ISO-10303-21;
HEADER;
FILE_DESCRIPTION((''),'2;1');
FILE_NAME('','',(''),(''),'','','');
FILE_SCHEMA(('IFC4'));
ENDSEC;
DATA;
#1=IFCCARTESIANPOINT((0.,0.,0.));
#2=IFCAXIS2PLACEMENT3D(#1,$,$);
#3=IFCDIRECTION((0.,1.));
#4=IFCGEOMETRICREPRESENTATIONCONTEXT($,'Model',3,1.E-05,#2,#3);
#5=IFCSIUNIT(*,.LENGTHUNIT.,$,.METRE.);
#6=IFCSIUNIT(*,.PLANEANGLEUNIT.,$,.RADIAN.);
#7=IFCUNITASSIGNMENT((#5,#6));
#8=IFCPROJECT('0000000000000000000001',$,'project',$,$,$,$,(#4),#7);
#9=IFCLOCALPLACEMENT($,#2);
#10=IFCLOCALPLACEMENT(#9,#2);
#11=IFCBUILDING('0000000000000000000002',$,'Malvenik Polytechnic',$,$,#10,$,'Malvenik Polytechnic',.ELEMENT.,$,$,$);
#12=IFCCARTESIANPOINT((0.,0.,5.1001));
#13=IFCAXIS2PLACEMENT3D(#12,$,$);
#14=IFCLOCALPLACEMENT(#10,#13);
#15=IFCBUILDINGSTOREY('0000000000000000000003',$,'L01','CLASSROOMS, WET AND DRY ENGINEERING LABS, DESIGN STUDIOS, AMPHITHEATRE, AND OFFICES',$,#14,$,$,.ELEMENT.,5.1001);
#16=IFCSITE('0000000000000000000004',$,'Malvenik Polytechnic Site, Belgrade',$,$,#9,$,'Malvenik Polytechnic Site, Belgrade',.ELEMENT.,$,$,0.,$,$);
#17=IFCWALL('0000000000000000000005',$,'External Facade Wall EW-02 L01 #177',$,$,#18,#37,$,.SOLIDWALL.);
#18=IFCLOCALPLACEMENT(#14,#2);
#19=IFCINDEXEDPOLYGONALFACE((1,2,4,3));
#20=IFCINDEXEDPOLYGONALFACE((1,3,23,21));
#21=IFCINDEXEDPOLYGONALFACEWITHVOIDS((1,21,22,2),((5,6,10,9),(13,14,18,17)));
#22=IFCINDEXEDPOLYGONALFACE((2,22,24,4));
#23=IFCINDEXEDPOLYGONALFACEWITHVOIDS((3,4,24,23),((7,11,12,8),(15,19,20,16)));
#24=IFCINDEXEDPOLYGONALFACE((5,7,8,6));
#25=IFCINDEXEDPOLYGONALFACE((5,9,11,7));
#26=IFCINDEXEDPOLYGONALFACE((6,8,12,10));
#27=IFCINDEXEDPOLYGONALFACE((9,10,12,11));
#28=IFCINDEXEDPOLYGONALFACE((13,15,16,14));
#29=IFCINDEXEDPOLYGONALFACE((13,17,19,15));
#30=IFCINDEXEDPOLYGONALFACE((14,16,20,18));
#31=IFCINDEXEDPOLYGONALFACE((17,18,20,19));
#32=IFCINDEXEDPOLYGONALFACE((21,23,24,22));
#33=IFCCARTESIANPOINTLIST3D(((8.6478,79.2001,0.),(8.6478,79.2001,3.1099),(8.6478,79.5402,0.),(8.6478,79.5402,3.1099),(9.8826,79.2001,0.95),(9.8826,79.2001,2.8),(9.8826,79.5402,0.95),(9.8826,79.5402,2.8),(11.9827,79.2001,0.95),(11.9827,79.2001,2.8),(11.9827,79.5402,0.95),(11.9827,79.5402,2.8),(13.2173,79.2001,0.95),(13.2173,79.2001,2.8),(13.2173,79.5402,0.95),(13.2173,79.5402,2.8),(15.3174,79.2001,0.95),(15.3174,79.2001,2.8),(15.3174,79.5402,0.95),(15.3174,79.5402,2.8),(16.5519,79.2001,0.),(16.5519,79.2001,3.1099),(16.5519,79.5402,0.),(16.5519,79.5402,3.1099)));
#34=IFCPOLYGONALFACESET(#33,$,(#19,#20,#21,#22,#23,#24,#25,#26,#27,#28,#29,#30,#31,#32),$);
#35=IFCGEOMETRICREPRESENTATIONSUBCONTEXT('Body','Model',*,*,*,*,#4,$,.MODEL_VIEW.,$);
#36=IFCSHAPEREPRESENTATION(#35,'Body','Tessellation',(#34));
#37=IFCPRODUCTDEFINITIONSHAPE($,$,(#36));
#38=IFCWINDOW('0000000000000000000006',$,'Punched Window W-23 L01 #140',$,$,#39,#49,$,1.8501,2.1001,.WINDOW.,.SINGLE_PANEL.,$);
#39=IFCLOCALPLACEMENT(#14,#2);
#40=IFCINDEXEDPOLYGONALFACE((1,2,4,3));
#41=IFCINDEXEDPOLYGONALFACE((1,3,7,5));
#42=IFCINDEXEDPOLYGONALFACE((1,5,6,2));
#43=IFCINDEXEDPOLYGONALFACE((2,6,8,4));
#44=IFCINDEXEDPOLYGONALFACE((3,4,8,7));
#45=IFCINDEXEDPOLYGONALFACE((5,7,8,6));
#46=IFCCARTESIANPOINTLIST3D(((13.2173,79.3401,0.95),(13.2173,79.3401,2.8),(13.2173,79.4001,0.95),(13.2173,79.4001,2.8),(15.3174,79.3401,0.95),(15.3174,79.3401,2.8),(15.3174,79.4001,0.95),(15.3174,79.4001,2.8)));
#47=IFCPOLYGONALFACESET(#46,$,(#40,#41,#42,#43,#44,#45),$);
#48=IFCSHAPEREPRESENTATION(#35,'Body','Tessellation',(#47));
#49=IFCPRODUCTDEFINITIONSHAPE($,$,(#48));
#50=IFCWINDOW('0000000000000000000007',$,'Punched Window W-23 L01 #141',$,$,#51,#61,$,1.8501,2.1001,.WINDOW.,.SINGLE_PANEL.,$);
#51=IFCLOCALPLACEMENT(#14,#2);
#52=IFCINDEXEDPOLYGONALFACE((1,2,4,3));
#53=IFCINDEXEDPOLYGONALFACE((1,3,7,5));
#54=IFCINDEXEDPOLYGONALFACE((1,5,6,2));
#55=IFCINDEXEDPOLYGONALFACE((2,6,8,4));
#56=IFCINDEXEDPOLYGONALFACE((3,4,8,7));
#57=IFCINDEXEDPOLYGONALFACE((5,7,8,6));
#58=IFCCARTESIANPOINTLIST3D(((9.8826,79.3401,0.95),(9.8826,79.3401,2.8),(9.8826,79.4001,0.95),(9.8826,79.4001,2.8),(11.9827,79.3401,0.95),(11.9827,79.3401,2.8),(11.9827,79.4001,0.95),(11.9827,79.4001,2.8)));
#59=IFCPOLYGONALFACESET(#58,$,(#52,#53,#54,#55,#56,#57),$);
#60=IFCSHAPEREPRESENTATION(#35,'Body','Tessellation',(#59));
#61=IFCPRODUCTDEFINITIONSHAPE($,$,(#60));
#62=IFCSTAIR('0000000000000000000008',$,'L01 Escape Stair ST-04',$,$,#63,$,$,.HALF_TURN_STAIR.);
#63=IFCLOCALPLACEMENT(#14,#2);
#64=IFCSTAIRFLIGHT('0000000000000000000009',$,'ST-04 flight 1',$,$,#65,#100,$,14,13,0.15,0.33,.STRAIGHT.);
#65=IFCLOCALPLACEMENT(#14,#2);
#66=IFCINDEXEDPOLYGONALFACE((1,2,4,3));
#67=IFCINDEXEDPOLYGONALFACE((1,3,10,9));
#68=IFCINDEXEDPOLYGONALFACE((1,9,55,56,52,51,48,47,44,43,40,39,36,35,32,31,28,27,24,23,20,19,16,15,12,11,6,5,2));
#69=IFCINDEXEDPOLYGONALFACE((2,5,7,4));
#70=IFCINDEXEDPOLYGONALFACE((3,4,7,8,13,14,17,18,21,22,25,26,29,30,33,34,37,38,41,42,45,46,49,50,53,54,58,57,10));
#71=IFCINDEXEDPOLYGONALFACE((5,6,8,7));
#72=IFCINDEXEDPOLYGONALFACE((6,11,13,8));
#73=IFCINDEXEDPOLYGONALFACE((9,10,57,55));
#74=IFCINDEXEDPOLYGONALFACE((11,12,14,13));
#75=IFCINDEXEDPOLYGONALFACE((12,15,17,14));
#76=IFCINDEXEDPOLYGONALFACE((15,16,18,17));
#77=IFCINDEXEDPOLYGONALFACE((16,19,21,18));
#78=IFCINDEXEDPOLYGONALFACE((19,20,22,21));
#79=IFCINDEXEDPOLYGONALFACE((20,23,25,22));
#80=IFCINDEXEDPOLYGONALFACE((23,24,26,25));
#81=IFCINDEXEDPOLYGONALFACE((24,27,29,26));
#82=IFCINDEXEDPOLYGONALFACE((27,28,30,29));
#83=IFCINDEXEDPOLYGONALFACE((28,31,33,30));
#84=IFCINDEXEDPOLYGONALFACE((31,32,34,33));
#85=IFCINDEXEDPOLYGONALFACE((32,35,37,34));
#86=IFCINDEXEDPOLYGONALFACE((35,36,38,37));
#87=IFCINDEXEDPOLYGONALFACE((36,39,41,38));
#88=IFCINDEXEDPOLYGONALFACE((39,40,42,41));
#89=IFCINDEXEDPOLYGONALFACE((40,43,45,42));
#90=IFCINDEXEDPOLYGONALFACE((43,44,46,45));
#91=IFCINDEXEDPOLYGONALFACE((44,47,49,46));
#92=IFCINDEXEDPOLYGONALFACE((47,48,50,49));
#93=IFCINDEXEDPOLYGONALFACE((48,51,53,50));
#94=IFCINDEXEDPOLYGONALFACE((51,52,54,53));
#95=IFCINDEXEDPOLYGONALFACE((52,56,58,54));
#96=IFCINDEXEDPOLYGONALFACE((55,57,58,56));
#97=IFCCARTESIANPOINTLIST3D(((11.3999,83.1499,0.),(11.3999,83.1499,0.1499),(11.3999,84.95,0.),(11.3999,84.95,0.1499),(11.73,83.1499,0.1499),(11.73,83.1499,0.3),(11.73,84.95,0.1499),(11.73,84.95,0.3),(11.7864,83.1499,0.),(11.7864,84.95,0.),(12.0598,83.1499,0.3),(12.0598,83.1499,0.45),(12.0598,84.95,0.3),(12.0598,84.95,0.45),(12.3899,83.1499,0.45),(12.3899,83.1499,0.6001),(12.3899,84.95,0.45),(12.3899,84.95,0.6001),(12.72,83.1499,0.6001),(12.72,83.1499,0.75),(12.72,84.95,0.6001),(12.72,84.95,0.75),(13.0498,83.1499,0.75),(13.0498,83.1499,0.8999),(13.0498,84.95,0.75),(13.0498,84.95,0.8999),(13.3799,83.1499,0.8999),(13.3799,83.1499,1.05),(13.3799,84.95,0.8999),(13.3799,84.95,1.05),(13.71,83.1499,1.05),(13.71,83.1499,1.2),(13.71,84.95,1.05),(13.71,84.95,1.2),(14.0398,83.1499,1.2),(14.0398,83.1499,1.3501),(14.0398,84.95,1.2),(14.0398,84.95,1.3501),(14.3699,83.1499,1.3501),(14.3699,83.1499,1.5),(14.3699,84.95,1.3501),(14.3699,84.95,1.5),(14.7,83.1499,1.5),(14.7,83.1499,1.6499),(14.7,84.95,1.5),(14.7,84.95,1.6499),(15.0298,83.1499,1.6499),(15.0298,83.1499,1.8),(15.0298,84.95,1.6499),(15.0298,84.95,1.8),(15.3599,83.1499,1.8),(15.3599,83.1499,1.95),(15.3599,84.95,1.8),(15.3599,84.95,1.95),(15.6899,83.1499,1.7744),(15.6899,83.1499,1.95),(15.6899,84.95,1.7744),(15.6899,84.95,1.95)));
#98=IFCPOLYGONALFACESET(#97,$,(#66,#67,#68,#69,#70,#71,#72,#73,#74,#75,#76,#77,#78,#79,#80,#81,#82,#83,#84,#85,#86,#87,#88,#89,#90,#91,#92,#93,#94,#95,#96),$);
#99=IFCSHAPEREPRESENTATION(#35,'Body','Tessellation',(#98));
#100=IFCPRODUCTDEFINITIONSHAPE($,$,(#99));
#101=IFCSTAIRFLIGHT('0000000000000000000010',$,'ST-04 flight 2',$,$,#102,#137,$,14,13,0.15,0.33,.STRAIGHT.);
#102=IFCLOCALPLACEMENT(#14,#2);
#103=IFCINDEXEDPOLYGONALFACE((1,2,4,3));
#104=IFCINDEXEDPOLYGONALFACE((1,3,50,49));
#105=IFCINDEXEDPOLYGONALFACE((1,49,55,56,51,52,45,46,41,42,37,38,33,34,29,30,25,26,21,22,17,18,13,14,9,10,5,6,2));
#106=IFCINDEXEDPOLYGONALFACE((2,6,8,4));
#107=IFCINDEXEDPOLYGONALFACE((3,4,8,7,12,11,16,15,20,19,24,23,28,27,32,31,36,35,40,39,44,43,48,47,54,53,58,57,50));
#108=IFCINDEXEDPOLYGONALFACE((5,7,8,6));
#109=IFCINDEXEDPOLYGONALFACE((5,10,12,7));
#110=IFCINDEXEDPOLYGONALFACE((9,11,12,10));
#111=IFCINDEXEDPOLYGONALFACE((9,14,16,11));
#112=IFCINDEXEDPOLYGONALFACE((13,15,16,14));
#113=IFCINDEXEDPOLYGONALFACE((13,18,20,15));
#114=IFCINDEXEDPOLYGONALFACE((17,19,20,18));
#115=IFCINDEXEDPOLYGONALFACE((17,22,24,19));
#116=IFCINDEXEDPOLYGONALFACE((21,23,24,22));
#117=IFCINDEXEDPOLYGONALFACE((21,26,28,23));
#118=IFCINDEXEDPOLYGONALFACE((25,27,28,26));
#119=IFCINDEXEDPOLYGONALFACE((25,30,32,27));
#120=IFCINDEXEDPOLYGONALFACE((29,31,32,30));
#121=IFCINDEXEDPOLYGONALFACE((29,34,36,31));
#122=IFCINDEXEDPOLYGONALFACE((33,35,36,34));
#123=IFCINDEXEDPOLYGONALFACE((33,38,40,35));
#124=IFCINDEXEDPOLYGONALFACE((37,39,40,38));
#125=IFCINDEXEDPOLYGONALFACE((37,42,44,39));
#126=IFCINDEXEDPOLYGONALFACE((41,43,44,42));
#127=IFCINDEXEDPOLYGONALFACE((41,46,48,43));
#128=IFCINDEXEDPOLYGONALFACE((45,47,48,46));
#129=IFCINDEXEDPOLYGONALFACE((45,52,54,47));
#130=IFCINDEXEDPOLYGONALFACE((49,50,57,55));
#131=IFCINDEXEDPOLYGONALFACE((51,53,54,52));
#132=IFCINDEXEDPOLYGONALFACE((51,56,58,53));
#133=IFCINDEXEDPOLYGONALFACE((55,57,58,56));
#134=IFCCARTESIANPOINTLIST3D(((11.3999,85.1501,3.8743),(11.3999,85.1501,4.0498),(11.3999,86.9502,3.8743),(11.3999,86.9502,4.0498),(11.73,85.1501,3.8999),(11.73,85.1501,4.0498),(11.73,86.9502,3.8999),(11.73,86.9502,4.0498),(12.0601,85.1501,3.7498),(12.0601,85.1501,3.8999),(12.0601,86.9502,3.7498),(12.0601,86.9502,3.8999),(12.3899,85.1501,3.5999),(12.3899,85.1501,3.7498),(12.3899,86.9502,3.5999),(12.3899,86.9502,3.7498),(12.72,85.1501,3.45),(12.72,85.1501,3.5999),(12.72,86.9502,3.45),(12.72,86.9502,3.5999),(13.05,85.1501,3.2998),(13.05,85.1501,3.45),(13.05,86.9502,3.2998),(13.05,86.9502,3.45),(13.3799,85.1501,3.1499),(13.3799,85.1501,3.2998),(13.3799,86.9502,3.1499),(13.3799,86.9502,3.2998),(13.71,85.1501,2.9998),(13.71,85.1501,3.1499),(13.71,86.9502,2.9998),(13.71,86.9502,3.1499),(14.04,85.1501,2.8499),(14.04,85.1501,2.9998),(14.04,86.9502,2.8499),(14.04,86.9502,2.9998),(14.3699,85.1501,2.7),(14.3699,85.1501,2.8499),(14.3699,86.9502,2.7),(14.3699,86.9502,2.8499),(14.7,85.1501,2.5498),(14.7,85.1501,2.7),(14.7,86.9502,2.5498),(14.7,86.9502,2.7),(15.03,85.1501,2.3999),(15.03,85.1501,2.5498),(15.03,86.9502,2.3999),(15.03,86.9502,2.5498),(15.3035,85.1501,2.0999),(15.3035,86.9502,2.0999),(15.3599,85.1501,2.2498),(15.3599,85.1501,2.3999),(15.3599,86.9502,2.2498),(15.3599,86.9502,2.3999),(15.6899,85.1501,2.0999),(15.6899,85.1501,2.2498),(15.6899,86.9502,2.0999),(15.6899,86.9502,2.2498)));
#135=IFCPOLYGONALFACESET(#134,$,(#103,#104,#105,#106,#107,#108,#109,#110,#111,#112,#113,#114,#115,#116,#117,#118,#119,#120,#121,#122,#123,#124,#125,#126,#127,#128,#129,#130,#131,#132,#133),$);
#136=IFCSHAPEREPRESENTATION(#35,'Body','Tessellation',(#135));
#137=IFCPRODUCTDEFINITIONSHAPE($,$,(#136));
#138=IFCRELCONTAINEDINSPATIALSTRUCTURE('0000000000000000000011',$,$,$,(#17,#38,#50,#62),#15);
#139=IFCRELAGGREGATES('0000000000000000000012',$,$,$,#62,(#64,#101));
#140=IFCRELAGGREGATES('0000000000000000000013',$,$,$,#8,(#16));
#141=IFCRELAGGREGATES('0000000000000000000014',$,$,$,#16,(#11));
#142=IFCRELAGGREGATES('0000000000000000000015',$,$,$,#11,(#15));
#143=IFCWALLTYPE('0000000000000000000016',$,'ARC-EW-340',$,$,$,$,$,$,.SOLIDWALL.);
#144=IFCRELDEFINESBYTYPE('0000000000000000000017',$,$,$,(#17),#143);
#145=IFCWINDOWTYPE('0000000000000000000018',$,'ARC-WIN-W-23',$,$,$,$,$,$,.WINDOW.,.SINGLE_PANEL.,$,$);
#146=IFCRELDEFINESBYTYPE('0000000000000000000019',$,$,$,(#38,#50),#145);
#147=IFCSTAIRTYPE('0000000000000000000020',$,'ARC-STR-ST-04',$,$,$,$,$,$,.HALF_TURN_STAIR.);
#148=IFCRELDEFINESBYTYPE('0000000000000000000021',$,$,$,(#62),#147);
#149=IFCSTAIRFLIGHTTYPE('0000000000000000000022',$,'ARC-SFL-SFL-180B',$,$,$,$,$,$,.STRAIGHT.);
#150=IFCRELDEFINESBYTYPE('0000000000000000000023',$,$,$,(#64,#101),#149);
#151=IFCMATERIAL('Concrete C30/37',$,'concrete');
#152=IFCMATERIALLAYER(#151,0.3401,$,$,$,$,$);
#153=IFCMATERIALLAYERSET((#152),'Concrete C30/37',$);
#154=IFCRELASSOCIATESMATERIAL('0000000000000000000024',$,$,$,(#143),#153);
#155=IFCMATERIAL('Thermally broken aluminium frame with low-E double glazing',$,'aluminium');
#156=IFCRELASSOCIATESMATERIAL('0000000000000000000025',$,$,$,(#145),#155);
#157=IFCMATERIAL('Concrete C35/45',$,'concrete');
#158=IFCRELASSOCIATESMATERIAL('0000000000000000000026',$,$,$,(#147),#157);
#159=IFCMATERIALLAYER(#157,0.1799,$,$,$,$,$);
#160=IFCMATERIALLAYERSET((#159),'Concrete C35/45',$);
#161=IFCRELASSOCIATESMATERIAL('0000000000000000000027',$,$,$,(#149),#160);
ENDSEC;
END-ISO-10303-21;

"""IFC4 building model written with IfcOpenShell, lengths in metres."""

from ifc_helpers import new_model, si_unit, direction, frame, frame_2d, origin, place, context, subcontext, project, spatial, polyline, rectangle, outline, extrude, material, layer, layer_set, type_object, element, fill, aggregate, save


model = new_model("IFC4")

# Units and contexts
model_context = context("Model", 3, precision=1e-05, world=origin(), true_north=direction((0.0, 1.0)))
body_context = subcontext(model_context, "Body", "Model", "MODEL_VIEW")
ifc_project = project(units=[si_unit("LENGTHUNIT", "METRE"), si_unit("PLANEANGLEUNIT", "RADIAN")], contexts=[model_context])

# Site, building, storey
site_placement = place(None, origin())
site = spatial("IfcSite", under=ifc_project, at=site_placement, Name="Malvenik Polytechnic Site, Belgrade", LongName="Malvenik Polytechnic Site, Belgrade", CompositionType="ELEMENT", RefElevation=0.0)
building_placement = place(site_placement, origin())
building = spatial("IfcBuilding", under=site, at=building_placement, Name="Malvenik Polytechnic", LongName="Malvenik Polytechnic", CompositionType="ELEMENT")
storey_placement = place(building_placement, frame((0.0, 0.0, 5.1001)))
storey = spatial("IfcBuildingStorey", under=building, at=storey_placement, Name="L01", Description="CLASSROOMS, WET AND DRY ENGINEERING LABS, DESIGN STUDIOS, AMPHITHEATRE, AND OFFICES", CompositionType="ELEMENT", Elevation=5.1001)

# Shared definitions
ifc_material_1 = material(Name="Concrete C35/45", Category="concrete")

# Wall, openings, windows
ifc_material_2 = material(Name="Concrete C30/37", Category="concrete")
ifc_layer_1 = layer(ifc_material_2, 0.3401)
ifc_layer_set_1 = layer_set([ifc_layer_1], Name="Concrete C30/37")
wall_type_1 = type_object("IfcWallType", Name="ARC-EW-340", PredefinedType="SOLIDWALL", material=ifc_layer_set_1)
wall_1_placement = place(storey_placement, frame((16.552, 79.3701, 0.0), z_axis=(0.0, 0.0, 1.0), x_axis=(-1.0, 0.0, 0.0)))
wall_1 = element("IfcWall", 1, at=wall_1_placement, inside=storey, type_object=wall_type_1, Name="External Facade Wall EW-02 L01 #177", PredefinedType="SOLIDWALL", context=body_context, shape_type="SweptSolid", body=[
    extrude(rectangle(XDim=7.9041, YDim=0.3401, at=frame_2d((3.9521, 0.0))), origin(), (0.0, 0.0, 1.0), 3.1099),
])
opening_1_placement = place(wall_1_placement, frame((1.2346, 0.0, 0.95)))
opening_1 = element("IfcOpeningElement", 2, at=opening_1_placement, cuts=wall_1, PredefinedType="OPENING", context=body_context, shape_type="SweptSolid", body=[
    extrude(rectangle(XDim=2.1001, YDim=1.8501, at=frame_2d((1.05, 0.925))), frame((0.0, 0.1802, 0.0), z_axis=(0.0, -1.0, 0.0), x_axis=(1.0, 0.0, 0.0)), (0.0, 0.0, 1.0), 0.3601),
])
opening_2_placement = place(wall_1_placement, frame((4.5693, 0.0, 0.95)))
opening_2 = element("IfcOpeningElement", 3, at=opening_2_placement, cuts=wall_1, PredefinedType="OPENING", context=body_context, shape_type="SweptSolid", body=[
    extrude(rectangle(XDim=2.1001, YDim=1.8501, at=frame_2d((1.05, 0.925))), frame((0.0, 0.1802, 0.0), z_axis=(0.0, -1.0, 0.0), x_axis=(1.0, 0.0, 0.0)), (0.0, 0.0, 1.0), 0.3601),
])
ifc_material_3 = material(Name="Thermally broken aluminium frame with low-E double glazing", Category="aluminium")
window_type = type_object("IfcWindowType", Name="ARC-WIN-W-23", PartitioningType="SINGLE_PANEL", PredefinedType="WINDOW", material=ifc_material_3)
window_1_placement = place(opening_1_placement, origin())
window_1 = element("IfcWindow", 4, at=window_1_placement, inside=storey, type_object=window_type, Name="Punched Window W-23 L01 #140", OverallHeight=1.8501, OverallWidth=2.1001, PartitioningType="SINGLE_PANEL", PredefinedType="WINDOW", context=body_context, shape_type="SweptSolid", body=[
    extrude(rectangle(XDim=2.1001, YDim=1.8501, at=frame_2d((1.05, 0.925))), frame((0.0, 0.03, 0.0), z_axis=(0.0, -1.0, 0.0), x_axis=(1.0, 0.0, 0.0)), (0.0, 0.0, 1.0), 0.0601),
])
fill(opening_1, window_1)
window_2_placement = place(opening_2_placement, origin())
window_2 = element("IfcWindow", 5, at=window_2_placement, inside=storey, type_object=window_type, Name="Punched Window W-23 L01 #141", OverallHeight=1.8501, OverallWidth=2.1001, PartitioningType="SINGLE_PANEL", PredefinedType="WINDOW", context=body_context, shape_type="SweptSolid", body=[
    extrude(rectangle(XDim=2.1001, YDim=1.8501, at=frame_2d((1.05, 0.925))), frame((0.0, 0.03, 0.0), z_axis=(0.0, -1.0, 0.0), x_axis=(1.0, 0.0, 0.0)), (0.0, 0.0, 1.0), 0.0601),
])
fill(opening_2, window_2)

# Stair, stair flights
stair_type = type_object("IfcStairType", Name="ARC-STR-ST-04", PredefinedType="HALF_TURN_STAIR", material=ifc_material_1)
stair_placement = place(storey_placement, origin())
stair = element("IfcStair", 6, at=stair_placement, inside=storey, type_object=stair_type, Name="L01 Escape Stair ST-04", PredefinedType="HALF_TURN_STAIR")
ifc_layer_2 = layer(ifc_material_1, 0.1799)
ifc_layer_set_2 = layer_set([ifc_layer_2], Name="Concrete C35/45")
stair_flight_type = type_object("IfcStairFlightType", Name="ARC-SFL-SFL-180B", PredefinedType="STRAIGHT", material=ifc_layer_set_2)
stair_flight_1_placement = place(storey_placement, frame((11.3999, 84.05, 0.0), z_axis=(0.0, 0.0, 1.0), x_axis=(1.0, 0.0, 0.0)))
stair_flight_1 = element("IfcStairFlight", 7, at=stair_flight_1_placement, type_object=stair_flight_type, Name="ST-04 flight 1", NumberOfRisers=14, NumberOfTreads=13, PredefinedType="STRAIGHT", RiserHeight=0.15, TreadLength=0.33, context=body_context, shape_type="SweptSolid", body=[
    extrude(outline(polyline([(0.0, 0.0), (0.0, 0.1499), (0.3301, 0.1499), (0.3301, 0.3), (0.6599, 0.3), (0.6599, 0.45), (0.99, 0.45), (0.99, 0.6001), (1.3201, 0.6001), (1.3201, 0.75), (1.6499, 0.75), (1.6499, 0.8999), (1.98, 0.8999), (1.98, 1.05), (2.3101, 1.05), (2.3101, 1.2), (2.6399, 1.2), (2.6399, 1.3501), (2.97, 1.3501), (2.97, 1.5), (3.3, 1.5), (3.3, 1.6499), (3.6299, 1.6499), (3.6299, 1.8), (3.96, 1.8), (3.96, 1.95), (4.29, 1.95), (4.29, 2.1001), (4.29, 1.7744), (0.3865, 0.0), (0.0, 0.0)])), frame((0.0, 0.8999, 0.0), z_axis=(0.0, -1.0, 0.0), x_axis=(1.0, 0.0, 0.0)), (0.0, 0.0, 1.0), 1.8),
])
stair_flight_2_placement = place(storey_placement, frame((15.6899, 86.05, 2.0999), z_axis=(0.0, 0.0, 1.0), x_axis=(-1.0, 0.0, 0.0)))
stair_flight_2 = element("IfcStairFlight", 8, at=stair_flight_2_placement, type_object=stair_flight_type, Name="ST-04 flight 2", NumberOfRisers=14, NumberOfTreads=13, PredefinedType="STRAIGHT", RiserHeight=0.15, TreadLength=0.33, context=body_context, shape_type="SweptSolid", body=[
    extrude(outline(polyline([(0.0, 0.0), (0.0, 0.1499), (0.3301, 0.1499), (0.3301, 0.3), (0.6599, 0.3), (0.6599, 0.45), (0.99, 0.45), (0.99, 0.6001), (1.3201, 0.6001), (1.3201, 0.75), (1.6499, 0.75), (1.6499, 0.8999), (1.98, 0.8999), (1.98, 1.05), (2.3101, 1.05), (2.3101, 1.2), (2.6399, 1.2), (2.6399, 1.3501), (2.97, 1.3501), (2.97, 1.5), (3.3, 1.5), (3.3, 1.6499), (3.6299, 1.6499), (3.6299, 1.8), (3.96, 1.8), (3.96, 1.95), (4.29, 1.95), (4.29, 2.1001), (4.29, 1.7744), (0.3865, 0.0), (0.0, 0.0)])), frame((0.0, 0.8999, 0.0), z_axis=(0.0, -1.0, 0.0), x_axis=(1.0, 0.0, 0.0)), (0.0, 0.0, 1.0), 1.8),
])
aggregate(stair, [stair_flight_1, stair_flight_2])

save(model, "model.ifc")
